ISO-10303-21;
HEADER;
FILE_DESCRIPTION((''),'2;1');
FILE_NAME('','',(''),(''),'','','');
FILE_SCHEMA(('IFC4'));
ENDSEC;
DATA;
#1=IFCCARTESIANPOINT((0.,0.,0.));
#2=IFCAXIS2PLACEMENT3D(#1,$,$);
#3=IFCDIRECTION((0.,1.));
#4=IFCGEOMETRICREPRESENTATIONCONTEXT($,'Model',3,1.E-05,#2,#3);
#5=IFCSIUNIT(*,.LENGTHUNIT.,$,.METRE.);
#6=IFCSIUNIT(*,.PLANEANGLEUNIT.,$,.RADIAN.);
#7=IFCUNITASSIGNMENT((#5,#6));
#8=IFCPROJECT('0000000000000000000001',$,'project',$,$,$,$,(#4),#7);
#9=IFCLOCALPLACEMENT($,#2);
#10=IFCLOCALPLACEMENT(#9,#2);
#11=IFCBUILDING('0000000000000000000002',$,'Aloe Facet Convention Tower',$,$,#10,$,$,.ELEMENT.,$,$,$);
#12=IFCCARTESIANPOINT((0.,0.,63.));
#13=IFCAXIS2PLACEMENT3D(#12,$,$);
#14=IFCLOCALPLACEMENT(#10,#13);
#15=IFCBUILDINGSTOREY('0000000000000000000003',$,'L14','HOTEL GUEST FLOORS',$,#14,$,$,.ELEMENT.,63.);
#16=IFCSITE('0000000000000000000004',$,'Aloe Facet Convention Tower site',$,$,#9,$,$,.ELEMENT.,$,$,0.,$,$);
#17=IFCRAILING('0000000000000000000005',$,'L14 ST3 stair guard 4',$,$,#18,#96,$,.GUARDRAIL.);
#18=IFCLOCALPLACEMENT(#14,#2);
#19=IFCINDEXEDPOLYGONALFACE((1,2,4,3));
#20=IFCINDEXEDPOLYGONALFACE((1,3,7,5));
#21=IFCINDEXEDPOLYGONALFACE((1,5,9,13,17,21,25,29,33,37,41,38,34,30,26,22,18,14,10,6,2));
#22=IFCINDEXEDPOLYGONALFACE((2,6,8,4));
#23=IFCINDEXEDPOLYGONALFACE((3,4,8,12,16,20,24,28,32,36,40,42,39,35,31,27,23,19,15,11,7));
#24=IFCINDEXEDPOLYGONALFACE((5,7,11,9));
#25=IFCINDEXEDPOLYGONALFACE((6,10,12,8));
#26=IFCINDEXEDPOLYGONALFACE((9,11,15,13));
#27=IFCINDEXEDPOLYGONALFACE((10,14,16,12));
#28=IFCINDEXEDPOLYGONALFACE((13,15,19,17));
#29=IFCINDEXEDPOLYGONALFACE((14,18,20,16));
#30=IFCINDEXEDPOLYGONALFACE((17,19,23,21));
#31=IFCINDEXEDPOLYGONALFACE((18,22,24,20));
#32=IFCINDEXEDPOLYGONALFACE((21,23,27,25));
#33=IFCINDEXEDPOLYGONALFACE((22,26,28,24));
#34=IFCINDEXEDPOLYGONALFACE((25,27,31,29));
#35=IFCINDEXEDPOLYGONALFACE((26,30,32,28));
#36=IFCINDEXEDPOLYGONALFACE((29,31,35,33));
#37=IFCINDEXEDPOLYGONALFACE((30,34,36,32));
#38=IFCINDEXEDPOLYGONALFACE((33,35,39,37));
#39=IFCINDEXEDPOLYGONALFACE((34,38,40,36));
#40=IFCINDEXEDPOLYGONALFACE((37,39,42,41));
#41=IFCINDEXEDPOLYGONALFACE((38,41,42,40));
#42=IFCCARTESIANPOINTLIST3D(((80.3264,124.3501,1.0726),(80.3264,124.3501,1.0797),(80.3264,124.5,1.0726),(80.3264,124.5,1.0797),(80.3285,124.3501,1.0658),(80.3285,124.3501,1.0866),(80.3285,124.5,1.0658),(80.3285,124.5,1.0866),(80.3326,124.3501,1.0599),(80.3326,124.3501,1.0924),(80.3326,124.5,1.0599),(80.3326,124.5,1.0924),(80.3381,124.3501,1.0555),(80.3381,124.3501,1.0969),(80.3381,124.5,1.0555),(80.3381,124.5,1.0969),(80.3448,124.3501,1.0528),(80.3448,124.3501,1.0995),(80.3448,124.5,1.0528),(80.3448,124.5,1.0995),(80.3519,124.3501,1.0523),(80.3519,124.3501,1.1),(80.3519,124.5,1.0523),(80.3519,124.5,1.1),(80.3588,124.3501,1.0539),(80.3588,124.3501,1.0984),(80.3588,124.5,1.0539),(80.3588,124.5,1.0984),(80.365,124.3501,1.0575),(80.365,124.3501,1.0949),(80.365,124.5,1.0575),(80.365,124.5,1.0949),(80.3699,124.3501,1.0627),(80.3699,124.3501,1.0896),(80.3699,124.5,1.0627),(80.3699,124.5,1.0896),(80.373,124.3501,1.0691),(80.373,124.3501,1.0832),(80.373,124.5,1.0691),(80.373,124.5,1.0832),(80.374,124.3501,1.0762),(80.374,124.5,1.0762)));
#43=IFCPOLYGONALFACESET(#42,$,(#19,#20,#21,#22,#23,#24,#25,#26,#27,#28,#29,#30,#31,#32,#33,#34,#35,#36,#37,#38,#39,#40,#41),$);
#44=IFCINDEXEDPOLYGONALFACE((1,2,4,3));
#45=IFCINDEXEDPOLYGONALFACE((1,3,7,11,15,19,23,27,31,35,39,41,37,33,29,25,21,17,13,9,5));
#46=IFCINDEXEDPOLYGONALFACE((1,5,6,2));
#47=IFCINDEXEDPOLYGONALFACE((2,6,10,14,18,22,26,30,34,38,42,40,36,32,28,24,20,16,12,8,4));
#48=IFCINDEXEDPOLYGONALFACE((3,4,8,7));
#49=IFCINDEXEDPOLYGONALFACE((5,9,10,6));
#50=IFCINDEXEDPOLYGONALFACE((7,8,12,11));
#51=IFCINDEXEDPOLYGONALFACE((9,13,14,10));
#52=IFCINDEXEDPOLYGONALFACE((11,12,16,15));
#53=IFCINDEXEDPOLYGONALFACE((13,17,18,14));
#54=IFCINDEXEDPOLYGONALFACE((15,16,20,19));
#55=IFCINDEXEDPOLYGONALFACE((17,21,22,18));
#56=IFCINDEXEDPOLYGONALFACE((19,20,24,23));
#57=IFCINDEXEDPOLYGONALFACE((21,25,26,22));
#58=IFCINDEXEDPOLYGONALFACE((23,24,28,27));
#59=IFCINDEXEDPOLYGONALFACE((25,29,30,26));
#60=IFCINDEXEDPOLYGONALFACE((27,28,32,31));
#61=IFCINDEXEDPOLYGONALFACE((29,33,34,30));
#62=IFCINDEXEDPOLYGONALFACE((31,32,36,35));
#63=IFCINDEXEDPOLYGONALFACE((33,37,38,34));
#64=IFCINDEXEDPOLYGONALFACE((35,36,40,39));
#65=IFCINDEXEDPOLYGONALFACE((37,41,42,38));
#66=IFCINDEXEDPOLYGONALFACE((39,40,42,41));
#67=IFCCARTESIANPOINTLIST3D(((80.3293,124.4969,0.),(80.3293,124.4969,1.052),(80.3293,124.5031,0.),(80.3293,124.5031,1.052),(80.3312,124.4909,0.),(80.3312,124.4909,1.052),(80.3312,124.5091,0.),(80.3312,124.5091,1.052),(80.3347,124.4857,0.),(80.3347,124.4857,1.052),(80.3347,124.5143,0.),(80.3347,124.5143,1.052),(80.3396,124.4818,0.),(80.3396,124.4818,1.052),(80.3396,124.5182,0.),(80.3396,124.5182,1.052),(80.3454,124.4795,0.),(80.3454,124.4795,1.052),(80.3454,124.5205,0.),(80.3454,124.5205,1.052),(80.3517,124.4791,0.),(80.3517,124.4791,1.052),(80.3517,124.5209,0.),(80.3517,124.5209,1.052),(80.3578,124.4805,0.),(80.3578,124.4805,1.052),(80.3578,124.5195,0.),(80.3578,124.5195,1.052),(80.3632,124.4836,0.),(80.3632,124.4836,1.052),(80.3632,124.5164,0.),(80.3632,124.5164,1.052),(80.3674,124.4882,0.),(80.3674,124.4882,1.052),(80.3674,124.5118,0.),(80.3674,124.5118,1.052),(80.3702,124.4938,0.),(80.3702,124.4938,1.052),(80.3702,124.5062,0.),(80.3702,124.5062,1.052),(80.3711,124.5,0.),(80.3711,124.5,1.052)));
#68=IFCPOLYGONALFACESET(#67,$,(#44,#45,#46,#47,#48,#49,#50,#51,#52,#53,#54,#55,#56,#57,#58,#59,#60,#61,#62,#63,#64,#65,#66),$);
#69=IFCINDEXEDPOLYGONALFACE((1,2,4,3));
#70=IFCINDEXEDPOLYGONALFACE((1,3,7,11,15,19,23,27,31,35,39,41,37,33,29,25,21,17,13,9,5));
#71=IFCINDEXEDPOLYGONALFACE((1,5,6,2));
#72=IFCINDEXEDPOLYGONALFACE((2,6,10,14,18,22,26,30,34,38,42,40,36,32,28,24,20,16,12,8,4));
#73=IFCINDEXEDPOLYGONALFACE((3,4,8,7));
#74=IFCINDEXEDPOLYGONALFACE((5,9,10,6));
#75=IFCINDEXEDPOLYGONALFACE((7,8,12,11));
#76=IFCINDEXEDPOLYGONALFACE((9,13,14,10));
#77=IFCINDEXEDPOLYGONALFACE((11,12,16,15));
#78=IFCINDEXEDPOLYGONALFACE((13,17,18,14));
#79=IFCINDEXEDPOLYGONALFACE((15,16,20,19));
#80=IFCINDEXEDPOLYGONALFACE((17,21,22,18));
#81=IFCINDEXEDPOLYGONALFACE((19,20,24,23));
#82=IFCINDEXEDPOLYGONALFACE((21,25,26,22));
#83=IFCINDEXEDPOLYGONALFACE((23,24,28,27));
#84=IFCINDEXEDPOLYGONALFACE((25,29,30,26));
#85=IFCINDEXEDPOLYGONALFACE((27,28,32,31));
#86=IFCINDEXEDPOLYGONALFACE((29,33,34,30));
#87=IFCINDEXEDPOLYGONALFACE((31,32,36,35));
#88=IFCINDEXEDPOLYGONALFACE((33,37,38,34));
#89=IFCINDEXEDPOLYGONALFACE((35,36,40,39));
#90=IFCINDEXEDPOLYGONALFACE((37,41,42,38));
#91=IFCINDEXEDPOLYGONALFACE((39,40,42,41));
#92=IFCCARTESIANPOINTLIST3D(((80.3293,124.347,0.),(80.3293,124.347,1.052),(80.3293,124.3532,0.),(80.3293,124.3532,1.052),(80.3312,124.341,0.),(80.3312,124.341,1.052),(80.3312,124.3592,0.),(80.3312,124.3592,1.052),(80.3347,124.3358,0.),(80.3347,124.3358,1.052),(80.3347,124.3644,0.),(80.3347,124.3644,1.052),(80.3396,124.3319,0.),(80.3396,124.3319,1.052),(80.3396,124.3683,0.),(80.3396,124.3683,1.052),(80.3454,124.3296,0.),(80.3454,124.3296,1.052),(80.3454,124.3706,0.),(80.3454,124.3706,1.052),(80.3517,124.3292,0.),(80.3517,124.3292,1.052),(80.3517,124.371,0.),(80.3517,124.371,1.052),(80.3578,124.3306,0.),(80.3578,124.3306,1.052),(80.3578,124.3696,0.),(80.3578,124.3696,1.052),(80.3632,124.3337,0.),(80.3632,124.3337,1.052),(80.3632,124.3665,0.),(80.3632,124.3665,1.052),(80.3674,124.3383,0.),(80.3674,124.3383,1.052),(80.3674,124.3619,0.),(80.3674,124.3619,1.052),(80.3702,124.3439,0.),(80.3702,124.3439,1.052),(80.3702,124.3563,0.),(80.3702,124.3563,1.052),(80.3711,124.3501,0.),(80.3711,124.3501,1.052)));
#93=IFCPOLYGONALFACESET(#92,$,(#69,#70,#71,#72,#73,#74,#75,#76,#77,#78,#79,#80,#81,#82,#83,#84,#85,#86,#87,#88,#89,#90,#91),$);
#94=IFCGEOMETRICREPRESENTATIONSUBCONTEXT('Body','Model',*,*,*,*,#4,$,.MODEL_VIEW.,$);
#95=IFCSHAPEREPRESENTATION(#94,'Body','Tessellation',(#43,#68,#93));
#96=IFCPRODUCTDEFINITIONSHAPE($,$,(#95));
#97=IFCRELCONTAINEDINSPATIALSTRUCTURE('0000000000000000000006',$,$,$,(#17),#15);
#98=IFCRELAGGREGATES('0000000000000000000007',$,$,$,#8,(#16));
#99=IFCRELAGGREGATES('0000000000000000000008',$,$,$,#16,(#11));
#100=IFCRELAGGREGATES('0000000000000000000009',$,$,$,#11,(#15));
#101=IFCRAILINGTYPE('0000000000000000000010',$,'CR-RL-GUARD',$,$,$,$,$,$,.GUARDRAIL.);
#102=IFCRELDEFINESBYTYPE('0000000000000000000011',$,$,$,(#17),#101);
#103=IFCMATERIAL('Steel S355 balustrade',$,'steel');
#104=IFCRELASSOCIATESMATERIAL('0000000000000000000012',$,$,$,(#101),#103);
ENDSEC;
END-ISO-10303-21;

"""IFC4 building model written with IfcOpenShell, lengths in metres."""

from ifc_helpers import new_model, si_unit, direction, frame, origin, origin_2d, place, context, subcontext, project, spatial, circle, extrude, material, type_object, element, save


model = new_model("IFC4")

# Units and contexts
model_context = context("Model", 3, precision=1e-05, world=origin(), true_north=direction((0.0, 1.0)))
body_context = subcontext(model_context, "Body", "Model", "MODEL_VIEW")
ifc_project = project(units=[si_unit("LENGTHUNIT", "METRE"), si_unit("PLANEANGLEUNIT", "RADIAN")], contexts=[model_context])

# Site, building, storey
site_placement = place(None, origin())
site = spatial("IfcSite", under=ifc_project, at=site_placement, Name="Aloe Facet Convention Tower site", CompositionType="ELEMENT", RefElevation=0.0)
building_placement = place(site_placement, origin())
building = spatial("IfcBuilding", under=site, at=building_placement, Name="Aloe Facet Convention Tower", CompositionType="ELEMENT")
storey_placement = place(building_placement, frame((0.0, 0.0, 63.0)))
storey = spatial("IfcBuildingStorey", under=building, at=storey_placement, Name="L14", Description="HOTEL GUEST FLOORS", CompositionType="ELEMENT", Elevation=63.0)

# Railing
ifc_material_1 = material(Name="Steel S355 balustrade", Category="steel")
railing_type_1 = type_object("IfcRailingType", Name="CR-RL-GUARD", PredefinedType="GUARDRAIL", material=ifc_material_1)
railing_1_placement = place(storey_placement, frame((80.3501, 124.5, 0.0)))
element("IfcRailing", 1, at=railing_1_placement, inside=storey, type_object=railing_type_1, Name="L14 ST3 stair guard 4", PredefinedType="GUARDRAIL", context=body_context, shape_type="SweptSolid", body=[
    extrude(circle(Radius=0.0239, at=origin_2d()), frame((0.0, 0.0, 1.0762), z_axis=(0.0, -1.0, 0.0), x_axis=(1.0, 0.0, 0.0)), (0.0, 0.0, 1.0), 0.1499),
    extrude(circle(Radius=0.021, at=origin_2d()), origin(), (0.0, 0.0, 1.0), 1.052),
    extrude(circle(Radius=0.021, at=origin_2d()), frame((0.0, -0.1499, 0.0)), (0.0, 0.0, 1.0), 1.052),
])

save(model, "model.ifc")
